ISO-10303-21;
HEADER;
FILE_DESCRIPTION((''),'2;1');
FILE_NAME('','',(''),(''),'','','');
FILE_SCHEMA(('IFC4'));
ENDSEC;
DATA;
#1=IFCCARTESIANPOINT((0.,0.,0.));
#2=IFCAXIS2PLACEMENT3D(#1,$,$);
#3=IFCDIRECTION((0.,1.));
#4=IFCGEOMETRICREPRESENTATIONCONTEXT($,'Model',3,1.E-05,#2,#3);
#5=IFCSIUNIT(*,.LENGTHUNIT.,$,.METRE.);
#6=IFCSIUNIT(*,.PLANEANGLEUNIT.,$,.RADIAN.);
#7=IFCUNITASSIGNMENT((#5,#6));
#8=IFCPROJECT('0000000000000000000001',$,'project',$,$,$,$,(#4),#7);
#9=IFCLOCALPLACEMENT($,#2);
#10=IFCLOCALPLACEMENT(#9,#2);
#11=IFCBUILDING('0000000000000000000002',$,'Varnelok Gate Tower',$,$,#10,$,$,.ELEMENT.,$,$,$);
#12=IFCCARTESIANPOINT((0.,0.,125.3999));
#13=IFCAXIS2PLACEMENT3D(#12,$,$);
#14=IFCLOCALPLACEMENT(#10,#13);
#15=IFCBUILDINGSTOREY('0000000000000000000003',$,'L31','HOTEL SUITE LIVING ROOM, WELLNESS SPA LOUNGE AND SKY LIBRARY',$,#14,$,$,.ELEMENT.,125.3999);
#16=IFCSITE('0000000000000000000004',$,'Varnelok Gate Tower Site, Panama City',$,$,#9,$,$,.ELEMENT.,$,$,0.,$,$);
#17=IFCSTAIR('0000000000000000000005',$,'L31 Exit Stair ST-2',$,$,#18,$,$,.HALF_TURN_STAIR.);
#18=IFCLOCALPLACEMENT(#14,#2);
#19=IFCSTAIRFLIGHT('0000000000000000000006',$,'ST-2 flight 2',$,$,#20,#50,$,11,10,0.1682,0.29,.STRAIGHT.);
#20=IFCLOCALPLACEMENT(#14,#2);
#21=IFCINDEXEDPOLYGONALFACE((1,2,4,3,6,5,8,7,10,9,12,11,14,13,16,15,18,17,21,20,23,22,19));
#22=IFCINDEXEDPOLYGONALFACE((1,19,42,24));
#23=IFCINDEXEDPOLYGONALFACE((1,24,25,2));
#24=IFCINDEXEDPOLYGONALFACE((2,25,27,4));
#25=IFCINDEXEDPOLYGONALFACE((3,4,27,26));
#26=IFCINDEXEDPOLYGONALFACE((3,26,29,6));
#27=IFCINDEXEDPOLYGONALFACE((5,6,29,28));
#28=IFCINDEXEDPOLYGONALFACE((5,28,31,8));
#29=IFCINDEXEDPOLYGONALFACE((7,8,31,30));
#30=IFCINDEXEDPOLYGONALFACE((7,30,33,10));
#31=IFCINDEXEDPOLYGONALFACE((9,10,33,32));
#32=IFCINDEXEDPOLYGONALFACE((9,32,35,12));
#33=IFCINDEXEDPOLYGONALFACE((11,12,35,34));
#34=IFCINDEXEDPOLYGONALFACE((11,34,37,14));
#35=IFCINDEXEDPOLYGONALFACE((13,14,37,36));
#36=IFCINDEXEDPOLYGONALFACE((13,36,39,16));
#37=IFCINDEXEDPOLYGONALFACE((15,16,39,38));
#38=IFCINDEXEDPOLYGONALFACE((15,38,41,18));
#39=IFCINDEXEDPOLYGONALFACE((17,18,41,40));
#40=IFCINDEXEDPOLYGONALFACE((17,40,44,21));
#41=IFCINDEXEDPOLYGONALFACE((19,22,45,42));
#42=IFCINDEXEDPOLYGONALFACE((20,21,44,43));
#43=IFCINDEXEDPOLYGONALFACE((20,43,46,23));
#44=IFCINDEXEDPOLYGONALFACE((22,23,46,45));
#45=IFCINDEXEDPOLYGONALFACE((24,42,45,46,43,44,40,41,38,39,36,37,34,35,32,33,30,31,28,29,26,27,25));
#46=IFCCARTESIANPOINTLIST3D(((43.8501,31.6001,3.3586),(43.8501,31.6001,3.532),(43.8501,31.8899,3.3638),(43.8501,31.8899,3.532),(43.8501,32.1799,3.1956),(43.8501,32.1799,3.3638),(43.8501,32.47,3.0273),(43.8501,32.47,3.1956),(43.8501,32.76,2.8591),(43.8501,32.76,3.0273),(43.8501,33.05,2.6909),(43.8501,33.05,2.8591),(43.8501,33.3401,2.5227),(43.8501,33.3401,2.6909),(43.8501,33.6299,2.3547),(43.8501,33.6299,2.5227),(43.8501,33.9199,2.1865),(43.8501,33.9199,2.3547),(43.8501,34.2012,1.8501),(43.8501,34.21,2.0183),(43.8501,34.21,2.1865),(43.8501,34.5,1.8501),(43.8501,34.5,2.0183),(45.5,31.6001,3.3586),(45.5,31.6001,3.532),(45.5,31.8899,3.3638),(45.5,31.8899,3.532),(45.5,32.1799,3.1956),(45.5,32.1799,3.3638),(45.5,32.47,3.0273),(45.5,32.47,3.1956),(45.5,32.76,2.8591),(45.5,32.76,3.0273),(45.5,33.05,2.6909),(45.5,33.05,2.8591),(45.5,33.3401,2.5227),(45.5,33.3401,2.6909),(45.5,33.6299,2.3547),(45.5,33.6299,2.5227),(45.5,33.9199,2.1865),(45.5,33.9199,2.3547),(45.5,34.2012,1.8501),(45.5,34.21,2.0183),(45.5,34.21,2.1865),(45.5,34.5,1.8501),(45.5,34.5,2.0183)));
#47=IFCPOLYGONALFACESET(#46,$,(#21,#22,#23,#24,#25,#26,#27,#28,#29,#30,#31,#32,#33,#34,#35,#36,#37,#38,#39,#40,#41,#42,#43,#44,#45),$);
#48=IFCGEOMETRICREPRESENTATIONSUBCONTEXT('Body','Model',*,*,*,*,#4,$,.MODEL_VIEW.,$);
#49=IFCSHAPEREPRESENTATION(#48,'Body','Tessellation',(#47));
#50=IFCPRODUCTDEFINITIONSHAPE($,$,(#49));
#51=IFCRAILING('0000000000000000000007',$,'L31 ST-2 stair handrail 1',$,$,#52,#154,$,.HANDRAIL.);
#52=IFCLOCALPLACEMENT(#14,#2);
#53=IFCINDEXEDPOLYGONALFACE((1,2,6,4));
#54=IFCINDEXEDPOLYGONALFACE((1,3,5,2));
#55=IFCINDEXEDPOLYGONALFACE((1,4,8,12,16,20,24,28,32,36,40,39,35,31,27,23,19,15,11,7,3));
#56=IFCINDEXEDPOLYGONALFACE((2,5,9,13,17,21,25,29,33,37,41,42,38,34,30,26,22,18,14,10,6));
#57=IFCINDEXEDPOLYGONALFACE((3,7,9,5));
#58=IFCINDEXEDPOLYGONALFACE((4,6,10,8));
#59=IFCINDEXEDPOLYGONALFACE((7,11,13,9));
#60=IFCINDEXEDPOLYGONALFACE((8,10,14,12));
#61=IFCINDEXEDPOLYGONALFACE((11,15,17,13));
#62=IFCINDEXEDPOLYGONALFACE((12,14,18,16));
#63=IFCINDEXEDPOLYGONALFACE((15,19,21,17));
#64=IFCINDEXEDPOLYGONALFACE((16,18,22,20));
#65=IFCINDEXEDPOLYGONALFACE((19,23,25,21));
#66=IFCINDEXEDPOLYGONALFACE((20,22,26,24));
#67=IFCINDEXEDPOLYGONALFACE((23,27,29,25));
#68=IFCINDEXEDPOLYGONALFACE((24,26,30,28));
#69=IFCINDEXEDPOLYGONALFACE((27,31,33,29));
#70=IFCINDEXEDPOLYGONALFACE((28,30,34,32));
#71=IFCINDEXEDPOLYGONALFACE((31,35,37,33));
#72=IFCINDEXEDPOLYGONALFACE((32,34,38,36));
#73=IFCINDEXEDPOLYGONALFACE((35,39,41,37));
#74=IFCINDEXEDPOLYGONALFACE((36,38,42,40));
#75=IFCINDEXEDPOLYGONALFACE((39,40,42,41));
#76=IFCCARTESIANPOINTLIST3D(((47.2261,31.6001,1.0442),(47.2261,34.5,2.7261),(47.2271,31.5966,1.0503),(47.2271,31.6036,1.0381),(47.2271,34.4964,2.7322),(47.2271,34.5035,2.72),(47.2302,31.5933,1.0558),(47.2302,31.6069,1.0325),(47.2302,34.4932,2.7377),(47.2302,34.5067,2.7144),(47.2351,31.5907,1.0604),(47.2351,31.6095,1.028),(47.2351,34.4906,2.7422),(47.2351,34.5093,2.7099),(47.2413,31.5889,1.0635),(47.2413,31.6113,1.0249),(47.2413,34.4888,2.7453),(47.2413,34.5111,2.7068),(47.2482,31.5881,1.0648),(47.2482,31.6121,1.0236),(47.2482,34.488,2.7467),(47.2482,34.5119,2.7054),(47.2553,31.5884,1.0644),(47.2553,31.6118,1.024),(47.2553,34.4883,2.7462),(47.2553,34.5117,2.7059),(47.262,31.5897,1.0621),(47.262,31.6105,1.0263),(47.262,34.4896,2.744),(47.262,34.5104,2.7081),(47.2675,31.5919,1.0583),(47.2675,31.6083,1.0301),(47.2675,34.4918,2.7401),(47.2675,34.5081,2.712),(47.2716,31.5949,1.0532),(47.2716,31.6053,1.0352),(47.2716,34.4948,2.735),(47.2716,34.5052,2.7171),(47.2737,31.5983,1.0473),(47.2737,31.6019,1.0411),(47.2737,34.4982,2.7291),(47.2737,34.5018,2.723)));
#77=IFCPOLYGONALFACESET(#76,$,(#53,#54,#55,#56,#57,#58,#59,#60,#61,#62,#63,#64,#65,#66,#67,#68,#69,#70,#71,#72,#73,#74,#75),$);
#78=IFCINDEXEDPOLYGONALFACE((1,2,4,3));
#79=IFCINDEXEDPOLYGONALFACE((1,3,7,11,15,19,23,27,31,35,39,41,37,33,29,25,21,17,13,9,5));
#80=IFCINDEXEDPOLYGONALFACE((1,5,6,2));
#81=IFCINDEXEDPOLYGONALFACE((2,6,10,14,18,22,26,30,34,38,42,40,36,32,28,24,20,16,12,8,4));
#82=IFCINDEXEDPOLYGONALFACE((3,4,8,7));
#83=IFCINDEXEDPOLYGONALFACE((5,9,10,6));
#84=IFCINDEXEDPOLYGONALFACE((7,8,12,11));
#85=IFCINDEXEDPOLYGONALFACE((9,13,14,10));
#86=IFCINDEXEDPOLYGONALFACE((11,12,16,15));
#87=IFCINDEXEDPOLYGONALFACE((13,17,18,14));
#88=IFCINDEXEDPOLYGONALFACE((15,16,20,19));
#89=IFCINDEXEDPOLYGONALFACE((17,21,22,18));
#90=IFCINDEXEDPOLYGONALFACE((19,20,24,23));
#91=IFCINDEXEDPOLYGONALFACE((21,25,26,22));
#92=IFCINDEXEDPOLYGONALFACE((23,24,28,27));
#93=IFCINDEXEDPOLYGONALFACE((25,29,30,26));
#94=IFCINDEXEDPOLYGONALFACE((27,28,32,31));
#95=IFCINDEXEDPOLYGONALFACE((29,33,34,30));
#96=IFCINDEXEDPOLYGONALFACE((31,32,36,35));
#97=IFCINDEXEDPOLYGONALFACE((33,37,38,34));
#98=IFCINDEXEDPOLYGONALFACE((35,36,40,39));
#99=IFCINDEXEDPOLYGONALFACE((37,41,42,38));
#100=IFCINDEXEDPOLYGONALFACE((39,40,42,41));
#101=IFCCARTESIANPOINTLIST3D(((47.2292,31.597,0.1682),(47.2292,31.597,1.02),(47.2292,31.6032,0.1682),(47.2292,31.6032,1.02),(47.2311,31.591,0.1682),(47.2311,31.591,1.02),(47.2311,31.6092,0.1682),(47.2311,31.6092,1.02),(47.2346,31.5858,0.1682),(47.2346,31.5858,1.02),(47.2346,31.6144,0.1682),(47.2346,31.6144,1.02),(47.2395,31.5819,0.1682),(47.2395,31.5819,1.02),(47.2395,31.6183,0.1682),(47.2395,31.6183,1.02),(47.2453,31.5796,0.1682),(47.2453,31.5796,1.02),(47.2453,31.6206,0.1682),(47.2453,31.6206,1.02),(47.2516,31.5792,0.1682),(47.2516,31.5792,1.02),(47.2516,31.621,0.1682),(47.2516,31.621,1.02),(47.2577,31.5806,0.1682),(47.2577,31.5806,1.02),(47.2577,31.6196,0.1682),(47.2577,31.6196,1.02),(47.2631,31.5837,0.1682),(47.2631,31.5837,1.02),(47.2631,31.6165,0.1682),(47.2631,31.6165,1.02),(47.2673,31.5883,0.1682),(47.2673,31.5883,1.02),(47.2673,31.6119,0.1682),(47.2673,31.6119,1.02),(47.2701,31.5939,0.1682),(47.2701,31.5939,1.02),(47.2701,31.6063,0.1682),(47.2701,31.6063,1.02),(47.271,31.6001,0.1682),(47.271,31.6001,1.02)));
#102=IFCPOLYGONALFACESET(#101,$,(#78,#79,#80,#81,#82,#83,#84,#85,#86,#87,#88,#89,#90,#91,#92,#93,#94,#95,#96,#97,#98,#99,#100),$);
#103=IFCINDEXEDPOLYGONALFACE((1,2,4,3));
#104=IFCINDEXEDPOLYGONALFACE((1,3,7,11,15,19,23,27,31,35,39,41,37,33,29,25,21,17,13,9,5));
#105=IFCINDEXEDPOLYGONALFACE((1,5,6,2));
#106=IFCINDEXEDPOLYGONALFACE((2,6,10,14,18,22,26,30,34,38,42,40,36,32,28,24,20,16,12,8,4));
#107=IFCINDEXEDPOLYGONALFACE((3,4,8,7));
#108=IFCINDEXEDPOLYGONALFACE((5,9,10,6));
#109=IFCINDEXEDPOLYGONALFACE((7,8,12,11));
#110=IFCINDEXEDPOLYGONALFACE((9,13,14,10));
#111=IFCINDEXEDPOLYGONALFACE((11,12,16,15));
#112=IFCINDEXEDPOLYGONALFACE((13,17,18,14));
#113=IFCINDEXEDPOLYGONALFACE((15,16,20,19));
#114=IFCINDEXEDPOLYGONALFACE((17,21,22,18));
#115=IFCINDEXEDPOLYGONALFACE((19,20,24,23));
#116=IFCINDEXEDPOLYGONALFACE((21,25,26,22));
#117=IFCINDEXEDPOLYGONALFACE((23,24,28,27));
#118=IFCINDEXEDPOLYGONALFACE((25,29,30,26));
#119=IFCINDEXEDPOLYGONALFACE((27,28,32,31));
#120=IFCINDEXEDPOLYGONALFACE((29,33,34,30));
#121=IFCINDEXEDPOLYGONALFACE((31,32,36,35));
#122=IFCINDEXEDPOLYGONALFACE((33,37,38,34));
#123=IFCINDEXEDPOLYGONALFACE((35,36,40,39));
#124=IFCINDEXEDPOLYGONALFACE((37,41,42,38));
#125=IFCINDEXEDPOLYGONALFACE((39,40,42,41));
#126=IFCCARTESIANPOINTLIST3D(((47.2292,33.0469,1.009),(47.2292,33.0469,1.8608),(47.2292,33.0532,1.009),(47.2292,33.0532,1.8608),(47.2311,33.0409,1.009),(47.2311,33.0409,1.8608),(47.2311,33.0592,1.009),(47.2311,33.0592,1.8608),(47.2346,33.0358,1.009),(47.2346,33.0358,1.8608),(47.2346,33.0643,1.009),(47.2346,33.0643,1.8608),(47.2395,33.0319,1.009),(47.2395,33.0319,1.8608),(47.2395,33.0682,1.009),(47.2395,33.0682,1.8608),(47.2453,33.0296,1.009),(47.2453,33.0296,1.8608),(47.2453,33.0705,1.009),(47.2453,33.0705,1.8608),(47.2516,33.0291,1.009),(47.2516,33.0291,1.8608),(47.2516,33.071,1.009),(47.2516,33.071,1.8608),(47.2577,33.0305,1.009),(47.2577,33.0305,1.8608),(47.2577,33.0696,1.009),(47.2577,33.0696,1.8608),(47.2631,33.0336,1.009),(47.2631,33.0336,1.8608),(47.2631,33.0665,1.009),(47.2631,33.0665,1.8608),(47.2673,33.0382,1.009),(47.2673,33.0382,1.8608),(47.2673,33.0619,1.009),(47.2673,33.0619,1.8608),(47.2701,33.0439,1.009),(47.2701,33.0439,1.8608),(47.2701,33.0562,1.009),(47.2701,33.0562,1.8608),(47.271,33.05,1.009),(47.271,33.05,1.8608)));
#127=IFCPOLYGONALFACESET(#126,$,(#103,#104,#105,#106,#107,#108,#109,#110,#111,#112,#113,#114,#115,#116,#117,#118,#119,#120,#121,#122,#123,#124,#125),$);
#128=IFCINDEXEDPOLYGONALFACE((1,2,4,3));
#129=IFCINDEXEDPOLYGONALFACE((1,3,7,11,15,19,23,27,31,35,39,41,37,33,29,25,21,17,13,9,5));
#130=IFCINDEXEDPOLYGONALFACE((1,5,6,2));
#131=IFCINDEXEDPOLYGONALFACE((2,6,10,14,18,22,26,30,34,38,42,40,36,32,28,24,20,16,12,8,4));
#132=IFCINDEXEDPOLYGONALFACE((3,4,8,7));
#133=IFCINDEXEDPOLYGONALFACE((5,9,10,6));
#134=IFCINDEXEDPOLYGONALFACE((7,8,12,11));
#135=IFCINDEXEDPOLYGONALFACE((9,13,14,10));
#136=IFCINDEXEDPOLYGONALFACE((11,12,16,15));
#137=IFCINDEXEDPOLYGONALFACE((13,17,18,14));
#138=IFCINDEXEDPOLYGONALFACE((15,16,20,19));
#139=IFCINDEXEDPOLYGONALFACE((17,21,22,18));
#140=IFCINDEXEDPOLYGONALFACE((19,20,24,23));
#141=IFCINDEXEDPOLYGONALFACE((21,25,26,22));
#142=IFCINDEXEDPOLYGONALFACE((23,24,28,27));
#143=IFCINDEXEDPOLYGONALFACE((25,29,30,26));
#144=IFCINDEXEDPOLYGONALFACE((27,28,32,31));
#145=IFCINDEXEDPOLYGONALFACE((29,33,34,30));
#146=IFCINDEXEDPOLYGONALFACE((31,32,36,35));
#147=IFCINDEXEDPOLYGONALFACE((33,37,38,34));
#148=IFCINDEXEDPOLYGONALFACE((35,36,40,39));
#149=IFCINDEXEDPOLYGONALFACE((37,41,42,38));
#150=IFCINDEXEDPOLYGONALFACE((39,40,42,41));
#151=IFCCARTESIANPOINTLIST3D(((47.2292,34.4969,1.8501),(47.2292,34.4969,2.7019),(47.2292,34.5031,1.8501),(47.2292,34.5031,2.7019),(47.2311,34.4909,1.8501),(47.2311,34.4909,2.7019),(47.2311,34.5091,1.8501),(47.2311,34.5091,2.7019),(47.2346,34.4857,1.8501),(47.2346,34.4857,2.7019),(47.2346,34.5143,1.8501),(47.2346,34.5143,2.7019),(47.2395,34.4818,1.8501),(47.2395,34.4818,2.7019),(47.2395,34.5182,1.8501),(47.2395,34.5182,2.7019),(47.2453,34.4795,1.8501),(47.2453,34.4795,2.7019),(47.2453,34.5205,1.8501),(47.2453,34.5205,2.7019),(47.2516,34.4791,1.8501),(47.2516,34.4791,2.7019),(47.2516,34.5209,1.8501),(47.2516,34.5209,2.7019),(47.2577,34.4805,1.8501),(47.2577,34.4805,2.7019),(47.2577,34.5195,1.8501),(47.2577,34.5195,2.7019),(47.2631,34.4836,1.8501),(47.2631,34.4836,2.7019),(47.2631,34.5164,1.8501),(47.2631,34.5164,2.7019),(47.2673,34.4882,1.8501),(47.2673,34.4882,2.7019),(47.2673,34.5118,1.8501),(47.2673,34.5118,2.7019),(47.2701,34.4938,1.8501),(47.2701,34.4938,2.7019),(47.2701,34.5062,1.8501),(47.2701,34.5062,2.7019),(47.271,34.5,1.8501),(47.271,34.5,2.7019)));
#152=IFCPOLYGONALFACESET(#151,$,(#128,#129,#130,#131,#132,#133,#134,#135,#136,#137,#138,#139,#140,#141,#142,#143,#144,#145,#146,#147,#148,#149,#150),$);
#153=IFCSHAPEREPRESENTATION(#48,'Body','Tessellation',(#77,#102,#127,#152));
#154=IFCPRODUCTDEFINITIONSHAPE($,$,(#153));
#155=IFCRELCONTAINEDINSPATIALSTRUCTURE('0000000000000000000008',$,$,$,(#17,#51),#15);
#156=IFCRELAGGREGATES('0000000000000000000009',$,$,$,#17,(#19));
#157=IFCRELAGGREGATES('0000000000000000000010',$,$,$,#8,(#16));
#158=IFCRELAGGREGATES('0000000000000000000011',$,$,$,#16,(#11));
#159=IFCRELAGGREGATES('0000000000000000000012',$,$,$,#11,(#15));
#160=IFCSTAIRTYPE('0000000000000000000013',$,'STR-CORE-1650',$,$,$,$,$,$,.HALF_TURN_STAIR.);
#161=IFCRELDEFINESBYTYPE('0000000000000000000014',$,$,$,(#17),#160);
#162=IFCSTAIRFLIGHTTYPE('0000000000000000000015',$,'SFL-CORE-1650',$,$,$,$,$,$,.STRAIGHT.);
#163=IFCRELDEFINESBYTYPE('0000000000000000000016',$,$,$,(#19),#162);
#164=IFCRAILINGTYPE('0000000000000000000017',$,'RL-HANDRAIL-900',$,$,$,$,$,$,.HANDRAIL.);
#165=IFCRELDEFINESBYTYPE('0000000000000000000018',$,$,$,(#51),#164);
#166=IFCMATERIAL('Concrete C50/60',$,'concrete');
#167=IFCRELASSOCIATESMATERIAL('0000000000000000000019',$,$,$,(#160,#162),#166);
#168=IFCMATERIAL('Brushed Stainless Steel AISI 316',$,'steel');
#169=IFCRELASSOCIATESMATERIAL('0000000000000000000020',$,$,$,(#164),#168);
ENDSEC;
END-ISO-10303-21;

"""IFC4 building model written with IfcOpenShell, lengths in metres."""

from ifc_helpers import new_model, si_unit, direction, frame, origin, origin_2d, place, context, subcontext, project, spatial, polyline, circle, outline, extrude, material, type_object, element, aggregate, save


model = new_model("IFC4")

# Units and contexts
model_context = context("Model", 3, precision=1e-05, world=origin(), true_north=direction((0.0, 1.0)))
body_context = subcontext(model_context, "Body", "Model", "MODEL_VIEW")
ifc_project = project(units=[si_unit("LENGTHUNIT", "METRE"), si_unit("PLANEANGLEUNIT", "RADIAN")], contexts=[model_context])

# Site, building, storey
site_placement = place(None, origin())
site = spatial("IfcSite", under=ifc_project, at=site_placement, Name="Varnelok Gate Tower Site, Panama City", CompositionType="ELEMENT", RefElevation=0.0)
building_placement = place(site_placement, origin())
building = spatial("IfcBuilding", under=site, at=building_placement, Name="Varnelok Gate Tower", CompositionType="ELEMENT")
storey_placement = place(building_placement, frame((0.0, 0.0, 125.3999)))
storey = spatial("IfcBuildingStorey", under=building, at=storey_placement, Name="L31", Description="HOTEL SUITE LIVING ROOM, WELLNESS SPA LOUNGE AND SKY LIBRARY", CompositionType="ELEMENT", Elevation=125.3999)

# Stair, stair flight
ifc_material_1 = material(Name="Concrete C50/60", Category="concrete")
stair_type = type_object("IfcStairType", Name="STR-CORE-1650", PredefinedType="HALF_TURN_STAIR", material=ifc_material_1)
stair_placement = place(storey_placement, origin())
stair = element("IfcStair", 1, at=stair_placement, inside=storey, type_object=stair_type, Name="L31 Exit Stair ST-2", PredefinedType="HALF_TURN_STAIR")
stair_flight_type = type_object("IfcStairFlightType", Name="SFL-CORE-1650", PredefinedType="STRAIGHT", material=ifc_material_1)
stair_flight_1_placement = place(storey_placement, frame((44.675, 34.5, 1.8501), z_axis=(0.0, 0.0, 1.0), x_axis=(0.0, -1.0, 0.0)))
stair_flight_1 = element("IfcStairFlight", 2, at=stair_flight_1_placement, type_object=stair_flight_type, Name="ST-2 flight 2", NumberOfRisers=11, NumberOfTreads=10, PredefinedType="STRAIGHT", RiserHeight=0.1682, TreadLength=0.29, context=body_context, shape_type="SweptSolid", body=[
    extrude(outline(polyline([(0.0, 0.0), (0.0, 0.1682), (0.29, 0.1682), (0.29, 0.3364), (0.5801, 0.3364), (0.5801, 0.5046), (0.8701, 0.5046), (0.8701, 0.6726), (1.1599, 0.6726), (1.1599, 0.8408), (1.45, 0.8408), (1.45, 1.009), (1.74, 1.009), (1.74, 1.1772), (2.03, 1.1772), (2.03, 1.3455), (2.3201, 1.3455), (2.3201, 1.5137), (2.6101, 1.5137), (2.6101, 1.6819), (2.8999, 1.6819), (2.8999, 1.8501), (2.8999, 1.5085), (0.2988, 0.0), (0.0, 0.0)])), frame((0.0, 0.825, 0.0), z_axis=(0.0, -1.0, 0.0), x_axis=(1.0, 0.0, 0.0)), (0.0, 0.0, 1.0), 1.6499),
])
aggregate(stair, [stair_flight_1])

# Railing
ifc_material_2 = material(Name="Brushed Stainless Steel AISI 316", Category="steel")
railing_type_1 = type_object("IfcRailingType", Name="RL-HANDRAIL-900", PredefinedType="HANDRAIL", material=ifc_material_2)
railing_1_placement = place(storey_placement, frame((47.25, 31.6001, 0.1682)))
element("IfcRailing", 3, at=railing_1_placement, inside=storey, type_object=railing_type_1, Name="L31 ST-2 stair handrail 1", PredefinedType="HANDRAIL", context=body_context, shape_type="SweptSolid", body=[
    extrude(circle(Radius=0.0239, at=origin_2d()), frame((0.0, 0.0, 0.876), z_axis=(0.0, 0.865039, 0.501705), x_axis=(-1.0, 0.0, 0.0)), (0.0, 0.0, 1.0), 3.3523),
    extrude(circle(Radius=0.021, at=origin_2d()), origin(), (0.0, 0.0, 1.0), 0.8518),
    extrude(circle(Radius=0.021, at=origin_2d()), frame((0.0, 1.45, 0.8408)), (0.0, 0.0, 1.0), 0.8518),
    extrude(circle(Radius=0.021, at=origin_2d()), frame((0.0, 2.8999, 1.6819)), (0.0, 0.0, 1.0), 0.8518),
])

save(model, "model.ifc")
